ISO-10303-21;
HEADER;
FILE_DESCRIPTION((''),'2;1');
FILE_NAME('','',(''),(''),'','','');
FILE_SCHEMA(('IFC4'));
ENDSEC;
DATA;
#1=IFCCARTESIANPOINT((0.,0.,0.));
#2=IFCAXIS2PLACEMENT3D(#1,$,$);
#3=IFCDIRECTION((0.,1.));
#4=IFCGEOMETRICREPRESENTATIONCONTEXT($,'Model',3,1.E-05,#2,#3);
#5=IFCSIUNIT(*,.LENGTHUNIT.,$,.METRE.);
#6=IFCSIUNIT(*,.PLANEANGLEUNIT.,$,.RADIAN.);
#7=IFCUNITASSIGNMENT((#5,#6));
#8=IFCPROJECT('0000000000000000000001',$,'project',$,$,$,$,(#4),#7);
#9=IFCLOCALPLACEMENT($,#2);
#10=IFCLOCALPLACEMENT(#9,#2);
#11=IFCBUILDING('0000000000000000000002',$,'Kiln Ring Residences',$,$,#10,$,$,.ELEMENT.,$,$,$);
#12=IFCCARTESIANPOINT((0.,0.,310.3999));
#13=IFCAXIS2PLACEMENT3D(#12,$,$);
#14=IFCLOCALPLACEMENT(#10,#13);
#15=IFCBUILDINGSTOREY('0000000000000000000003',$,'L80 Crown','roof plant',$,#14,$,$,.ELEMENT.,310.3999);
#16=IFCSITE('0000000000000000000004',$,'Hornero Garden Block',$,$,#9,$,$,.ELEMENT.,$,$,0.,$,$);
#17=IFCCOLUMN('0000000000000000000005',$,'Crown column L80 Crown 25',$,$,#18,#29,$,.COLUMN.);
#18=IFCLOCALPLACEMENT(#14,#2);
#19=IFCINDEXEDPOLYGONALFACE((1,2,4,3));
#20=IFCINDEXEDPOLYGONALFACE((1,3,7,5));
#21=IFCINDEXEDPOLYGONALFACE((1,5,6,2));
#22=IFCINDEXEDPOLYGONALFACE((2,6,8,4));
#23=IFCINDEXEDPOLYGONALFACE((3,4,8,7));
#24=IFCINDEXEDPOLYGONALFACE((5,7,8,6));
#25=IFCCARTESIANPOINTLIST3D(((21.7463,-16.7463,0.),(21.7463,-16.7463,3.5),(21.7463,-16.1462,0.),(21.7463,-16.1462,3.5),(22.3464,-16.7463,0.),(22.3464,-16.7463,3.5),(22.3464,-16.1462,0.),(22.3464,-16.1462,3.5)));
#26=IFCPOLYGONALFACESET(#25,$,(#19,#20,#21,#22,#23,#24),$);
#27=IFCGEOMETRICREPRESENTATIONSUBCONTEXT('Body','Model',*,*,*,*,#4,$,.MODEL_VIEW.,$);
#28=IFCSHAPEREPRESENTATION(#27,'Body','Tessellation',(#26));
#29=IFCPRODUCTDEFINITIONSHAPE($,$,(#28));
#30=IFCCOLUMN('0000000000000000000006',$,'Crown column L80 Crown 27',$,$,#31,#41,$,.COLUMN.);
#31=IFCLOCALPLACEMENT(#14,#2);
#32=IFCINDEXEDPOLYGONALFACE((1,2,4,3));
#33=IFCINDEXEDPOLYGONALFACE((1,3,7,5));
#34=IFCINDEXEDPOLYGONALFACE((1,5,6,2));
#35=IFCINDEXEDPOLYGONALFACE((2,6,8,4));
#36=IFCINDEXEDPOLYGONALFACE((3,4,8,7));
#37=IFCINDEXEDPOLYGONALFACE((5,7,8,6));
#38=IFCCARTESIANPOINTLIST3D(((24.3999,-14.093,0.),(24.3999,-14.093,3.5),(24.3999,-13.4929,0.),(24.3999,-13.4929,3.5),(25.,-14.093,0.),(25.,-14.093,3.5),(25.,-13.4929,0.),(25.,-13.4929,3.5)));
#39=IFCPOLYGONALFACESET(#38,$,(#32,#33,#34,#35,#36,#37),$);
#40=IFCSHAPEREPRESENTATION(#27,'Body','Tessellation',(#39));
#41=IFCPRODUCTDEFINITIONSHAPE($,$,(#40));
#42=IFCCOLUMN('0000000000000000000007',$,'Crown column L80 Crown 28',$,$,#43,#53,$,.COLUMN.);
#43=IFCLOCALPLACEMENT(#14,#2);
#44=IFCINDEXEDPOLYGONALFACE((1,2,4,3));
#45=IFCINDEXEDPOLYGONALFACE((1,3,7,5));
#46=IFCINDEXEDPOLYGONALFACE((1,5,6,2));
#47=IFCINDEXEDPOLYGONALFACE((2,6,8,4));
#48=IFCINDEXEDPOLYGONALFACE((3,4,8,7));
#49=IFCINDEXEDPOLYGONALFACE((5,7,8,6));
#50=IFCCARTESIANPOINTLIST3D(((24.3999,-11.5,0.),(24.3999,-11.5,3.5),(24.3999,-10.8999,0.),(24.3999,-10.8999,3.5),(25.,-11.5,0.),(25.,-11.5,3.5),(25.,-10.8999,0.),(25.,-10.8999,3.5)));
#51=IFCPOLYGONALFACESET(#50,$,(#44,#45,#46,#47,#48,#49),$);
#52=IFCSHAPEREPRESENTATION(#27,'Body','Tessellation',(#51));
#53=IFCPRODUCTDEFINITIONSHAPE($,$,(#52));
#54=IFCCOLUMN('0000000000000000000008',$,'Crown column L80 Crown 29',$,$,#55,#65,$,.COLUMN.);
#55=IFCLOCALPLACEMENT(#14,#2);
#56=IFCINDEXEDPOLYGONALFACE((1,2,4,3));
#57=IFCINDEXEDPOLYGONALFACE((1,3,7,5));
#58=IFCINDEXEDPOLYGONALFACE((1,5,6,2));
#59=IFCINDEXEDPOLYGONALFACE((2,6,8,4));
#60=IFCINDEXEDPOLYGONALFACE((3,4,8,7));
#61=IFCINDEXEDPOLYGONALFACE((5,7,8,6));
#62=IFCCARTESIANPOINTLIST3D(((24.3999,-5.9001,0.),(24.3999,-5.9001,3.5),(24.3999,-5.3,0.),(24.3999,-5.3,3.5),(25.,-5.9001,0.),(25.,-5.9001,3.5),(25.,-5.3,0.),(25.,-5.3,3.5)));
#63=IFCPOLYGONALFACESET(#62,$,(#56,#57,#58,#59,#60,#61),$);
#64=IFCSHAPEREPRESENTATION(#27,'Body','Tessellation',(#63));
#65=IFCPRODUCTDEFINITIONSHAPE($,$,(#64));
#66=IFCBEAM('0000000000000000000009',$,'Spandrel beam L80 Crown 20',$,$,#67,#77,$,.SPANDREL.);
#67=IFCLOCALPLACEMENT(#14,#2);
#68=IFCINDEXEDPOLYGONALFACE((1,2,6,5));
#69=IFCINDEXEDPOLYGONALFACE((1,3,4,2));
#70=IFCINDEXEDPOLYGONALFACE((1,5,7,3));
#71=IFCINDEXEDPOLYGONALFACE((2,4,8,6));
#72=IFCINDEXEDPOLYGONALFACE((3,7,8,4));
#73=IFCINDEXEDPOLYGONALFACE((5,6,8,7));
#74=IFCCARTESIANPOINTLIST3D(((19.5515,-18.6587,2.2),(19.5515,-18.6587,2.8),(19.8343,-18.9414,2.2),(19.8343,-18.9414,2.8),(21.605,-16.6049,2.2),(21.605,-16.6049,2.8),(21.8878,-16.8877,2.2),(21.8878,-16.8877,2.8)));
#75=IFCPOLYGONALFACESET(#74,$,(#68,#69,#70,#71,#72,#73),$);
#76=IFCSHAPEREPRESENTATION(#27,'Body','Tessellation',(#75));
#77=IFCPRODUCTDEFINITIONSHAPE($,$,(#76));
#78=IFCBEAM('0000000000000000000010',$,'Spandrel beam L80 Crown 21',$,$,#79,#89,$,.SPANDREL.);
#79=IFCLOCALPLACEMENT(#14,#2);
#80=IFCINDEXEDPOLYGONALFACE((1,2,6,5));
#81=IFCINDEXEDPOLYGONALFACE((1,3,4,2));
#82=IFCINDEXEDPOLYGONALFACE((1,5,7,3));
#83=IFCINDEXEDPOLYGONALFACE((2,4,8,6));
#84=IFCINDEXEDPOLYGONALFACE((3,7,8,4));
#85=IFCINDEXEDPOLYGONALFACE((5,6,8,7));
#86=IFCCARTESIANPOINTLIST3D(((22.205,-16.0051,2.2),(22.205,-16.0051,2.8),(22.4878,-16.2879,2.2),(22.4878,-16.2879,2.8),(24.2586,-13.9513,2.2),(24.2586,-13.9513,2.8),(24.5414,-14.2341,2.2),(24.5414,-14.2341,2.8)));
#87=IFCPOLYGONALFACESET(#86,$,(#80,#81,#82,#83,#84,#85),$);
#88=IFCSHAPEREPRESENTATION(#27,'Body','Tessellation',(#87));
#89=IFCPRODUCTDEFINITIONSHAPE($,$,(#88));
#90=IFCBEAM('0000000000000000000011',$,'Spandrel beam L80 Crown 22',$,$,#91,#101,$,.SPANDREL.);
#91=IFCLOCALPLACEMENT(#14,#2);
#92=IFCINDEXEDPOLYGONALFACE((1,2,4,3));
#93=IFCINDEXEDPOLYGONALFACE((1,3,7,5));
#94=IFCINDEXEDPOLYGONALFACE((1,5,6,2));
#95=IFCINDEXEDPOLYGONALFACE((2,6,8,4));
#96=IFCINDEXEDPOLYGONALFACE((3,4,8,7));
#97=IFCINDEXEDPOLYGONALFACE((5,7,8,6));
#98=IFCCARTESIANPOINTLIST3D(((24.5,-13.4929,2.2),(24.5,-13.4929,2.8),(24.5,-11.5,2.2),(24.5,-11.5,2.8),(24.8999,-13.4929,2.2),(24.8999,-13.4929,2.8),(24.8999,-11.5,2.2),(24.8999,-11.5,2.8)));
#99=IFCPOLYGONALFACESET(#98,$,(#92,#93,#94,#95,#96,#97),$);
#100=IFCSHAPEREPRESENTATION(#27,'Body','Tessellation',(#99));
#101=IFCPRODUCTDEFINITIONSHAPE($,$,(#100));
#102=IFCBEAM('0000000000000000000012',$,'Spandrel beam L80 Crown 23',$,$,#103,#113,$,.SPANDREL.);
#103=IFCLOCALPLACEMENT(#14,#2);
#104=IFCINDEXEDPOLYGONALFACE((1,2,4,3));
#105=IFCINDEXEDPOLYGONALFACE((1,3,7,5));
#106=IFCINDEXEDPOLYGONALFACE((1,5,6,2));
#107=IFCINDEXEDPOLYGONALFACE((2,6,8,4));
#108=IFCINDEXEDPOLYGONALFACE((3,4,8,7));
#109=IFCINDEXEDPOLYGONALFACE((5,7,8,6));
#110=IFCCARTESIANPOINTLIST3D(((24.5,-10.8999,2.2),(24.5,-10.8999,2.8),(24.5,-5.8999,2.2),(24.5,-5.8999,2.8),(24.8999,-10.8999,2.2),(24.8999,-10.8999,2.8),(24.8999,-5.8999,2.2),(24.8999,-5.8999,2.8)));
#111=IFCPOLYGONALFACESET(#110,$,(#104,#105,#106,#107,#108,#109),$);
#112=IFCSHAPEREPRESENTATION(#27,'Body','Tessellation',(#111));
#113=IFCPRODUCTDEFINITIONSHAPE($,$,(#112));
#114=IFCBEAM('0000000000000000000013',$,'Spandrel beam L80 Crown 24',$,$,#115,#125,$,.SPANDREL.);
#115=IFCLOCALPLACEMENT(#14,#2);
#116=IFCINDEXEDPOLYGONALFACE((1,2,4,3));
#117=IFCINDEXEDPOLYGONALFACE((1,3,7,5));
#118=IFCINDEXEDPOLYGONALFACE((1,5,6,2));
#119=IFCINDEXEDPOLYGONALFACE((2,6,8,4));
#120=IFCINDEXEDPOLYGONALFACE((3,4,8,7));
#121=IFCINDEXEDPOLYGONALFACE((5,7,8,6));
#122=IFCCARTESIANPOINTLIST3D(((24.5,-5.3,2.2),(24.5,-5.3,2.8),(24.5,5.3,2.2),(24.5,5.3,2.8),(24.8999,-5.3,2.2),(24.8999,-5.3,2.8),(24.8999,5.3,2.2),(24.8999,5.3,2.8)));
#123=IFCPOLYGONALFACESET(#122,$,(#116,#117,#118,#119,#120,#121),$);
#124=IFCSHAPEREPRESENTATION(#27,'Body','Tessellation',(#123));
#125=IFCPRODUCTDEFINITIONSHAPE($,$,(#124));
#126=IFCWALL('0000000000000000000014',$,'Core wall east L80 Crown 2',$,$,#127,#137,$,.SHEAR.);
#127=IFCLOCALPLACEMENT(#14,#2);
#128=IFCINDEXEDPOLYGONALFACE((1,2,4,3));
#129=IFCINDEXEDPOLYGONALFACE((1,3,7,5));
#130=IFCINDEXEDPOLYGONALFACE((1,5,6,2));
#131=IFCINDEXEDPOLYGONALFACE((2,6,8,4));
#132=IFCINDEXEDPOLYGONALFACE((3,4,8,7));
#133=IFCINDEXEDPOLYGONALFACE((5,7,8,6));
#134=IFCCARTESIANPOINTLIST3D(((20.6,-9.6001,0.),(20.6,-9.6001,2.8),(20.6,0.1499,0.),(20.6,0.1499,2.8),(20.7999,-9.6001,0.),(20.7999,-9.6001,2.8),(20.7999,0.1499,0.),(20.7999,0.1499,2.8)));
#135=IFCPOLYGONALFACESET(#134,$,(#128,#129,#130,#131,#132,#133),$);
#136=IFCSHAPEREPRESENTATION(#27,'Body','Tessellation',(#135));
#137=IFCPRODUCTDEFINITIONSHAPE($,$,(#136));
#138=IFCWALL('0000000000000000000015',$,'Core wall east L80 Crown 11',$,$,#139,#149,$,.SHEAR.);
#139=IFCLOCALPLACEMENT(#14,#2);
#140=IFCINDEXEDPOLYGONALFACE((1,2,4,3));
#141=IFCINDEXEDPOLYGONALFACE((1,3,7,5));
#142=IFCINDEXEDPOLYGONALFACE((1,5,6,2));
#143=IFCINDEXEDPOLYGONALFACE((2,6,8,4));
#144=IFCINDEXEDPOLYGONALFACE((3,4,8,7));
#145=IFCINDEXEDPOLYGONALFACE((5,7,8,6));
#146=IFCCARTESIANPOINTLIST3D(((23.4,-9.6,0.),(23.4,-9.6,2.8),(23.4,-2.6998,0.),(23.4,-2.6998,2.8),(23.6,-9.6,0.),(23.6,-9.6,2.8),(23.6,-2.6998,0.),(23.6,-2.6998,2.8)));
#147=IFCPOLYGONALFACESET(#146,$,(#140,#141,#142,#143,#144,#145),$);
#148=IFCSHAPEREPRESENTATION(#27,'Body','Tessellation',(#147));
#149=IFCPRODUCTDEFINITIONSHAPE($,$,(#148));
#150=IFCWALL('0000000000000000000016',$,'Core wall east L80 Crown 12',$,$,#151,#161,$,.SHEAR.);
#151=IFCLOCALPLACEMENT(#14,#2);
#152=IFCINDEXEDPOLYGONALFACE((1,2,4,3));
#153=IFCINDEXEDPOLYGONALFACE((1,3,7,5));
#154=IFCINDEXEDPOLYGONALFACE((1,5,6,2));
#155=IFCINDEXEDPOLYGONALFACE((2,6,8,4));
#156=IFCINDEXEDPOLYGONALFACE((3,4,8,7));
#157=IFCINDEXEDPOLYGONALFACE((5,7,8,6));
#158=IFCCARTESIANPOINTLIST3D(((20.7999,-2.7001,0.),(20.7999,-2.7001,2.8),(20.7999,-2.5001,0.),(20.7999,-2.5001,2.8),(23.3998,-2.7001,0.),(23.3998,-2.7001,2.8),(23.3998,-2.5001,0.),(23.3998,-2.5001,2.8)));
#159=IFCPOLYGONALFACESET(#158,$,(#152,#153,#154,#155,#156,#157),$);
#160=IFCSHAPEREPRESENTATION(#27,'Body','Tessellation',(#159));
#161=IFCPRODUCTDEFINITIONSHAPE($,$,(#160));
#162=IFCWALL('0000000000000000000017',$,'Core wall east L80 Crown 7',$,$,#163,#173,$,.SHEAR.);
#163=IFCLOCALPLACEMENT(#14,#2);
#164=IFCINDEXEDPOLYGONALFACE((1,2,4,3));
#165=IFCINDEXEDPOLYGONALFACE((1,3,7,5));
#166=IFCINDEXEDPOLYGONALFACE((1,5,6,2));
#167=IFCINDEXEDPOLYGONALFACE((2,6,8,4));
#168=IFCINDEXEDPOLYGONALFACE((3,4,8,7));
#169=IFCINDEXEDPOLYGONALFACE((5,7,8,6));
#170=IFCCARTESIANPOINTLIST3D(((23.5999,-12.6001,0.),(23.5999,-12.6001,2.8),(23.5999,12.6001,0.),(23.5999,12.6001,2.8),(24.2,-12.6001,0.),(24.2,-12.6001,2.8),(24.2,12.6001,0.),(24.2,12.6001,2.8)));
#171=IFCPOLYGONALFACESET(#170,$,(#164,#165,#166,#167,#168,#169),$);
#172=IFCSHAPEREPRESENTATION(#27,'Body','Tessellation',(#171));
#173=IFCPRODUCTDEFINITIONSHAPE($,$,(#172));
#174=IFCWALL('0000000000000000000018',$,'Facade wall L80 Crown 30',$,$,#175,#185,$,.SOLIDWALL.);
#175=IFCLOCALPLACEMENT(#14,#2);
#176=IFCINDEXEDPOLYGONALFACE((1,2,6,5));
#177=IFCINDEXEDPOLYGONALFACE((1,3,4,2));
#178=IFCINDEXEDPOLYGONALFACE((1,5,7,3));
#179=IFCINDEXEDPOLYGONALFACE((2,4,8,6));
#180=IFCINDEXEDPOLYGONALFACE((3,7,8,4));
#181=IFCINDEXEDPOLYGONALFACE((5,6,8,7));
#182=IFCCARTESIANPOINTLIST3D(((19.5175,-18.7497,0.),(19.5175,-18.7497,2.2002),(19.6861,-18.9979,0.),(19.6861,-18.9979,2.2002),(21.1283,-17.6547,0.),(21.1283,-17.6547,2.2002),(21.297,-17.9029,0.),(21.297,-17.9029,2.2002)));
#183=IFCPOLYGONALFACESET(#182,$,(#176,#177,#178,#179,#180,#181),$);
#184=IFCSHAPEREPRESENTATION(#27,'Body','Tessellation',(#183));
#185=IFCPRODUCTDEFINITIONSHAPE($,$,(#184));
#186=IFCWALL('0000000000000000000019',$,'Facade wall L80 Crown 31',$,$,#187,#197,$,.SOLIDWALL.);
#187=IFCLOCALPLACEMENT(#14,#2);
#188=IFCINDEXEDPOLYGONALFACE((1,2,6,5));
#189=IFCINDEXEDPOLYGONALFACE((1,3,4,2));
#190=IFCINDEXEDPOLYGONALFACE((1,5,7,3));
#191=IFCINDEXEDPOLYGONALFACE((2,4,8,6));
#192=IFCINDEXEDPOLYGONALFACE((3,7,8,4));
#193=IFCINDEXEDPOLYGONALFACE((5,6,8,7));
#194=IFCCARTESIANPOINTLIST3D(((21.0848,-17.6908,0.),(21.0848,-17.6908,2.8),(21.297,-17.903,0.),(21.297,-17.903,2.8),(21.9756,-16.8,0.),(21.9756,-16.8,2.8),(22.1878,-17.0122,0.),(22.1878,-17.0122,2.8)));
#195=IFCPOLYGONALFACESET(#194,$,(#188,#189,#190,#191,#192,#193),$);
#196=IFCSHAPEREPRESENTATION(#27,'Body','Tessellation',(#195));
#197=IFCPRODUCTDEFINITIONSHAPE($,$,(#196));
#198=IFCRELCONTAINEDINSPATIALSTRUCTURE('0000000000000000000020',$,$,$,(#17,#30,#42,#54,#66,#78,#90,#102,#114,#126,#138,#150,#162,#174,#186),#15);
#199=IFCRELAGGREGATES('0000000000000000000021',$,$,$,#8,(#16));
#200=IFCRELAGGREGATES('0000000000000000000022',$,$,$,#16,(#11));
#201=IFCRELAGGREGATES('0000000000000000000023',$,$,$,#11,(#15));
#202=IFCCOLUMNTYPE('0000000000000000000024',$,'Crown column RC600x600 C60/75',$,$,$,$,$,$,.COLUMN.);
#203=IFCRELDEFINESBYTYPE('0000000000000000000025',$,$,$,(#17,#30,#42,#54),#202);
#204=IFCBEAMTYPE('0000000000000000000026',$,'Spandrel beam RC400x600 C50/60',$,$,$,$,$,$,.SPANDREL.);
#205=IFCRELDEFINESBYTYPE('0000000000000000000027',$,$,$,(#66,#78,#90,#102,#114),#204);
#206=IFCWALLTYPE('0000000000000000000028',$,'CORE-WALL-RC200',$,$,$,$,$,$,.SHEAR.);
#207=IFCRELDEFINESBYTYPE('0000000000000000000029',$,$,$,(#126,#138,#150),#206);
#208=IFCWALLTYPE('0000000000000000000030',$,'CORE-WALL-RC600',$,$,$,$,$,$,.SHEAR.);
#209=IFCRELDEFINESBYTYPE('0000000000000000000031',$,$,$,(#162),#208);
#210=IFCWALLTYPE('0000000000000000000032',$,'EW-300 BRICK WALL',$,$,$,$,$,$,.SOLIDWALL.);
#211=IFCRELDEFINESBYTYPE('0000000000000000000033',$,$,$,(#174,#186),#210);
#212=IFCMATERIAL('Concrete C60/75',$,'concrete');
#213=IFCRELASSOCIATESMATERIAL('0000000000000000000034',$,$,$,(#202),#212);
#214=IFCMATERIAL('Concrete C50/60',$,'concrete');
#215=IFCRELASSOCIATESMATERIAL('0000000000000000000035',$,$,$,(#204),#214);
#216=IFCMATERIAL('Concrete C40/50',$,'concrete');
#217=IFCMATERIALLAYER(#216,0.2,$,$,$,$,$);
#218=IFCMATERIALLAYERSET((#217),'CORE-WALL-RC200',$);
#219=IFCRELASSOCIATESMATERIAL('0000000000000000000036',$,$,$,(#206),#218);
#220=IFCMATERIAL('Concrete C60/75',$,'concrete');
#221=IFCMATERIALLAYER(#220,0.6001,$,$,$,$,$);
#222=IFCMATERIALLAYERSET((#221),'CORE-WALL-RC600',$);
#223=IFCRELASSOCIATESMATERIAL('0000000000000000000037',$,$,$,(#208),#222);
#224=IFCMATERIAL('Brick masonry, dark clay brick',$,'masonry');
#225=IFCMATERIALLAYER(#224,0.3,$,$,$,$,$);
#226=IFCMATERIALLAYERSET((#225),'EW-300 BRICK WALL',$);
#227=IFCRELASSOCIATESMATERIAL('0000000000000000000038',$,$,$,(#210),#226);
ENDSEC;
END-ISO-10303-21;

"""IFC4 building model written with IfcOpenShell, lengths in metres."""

from ifc_helpers import new_model, si_unit, direction, frame, frame_2d, origin, origin_2d, place, context, subcontext, project, spatial, rectangle, extrude, material, layer, layer_set, material_profile, profile_set, type_object, element, save


model = new_model("IFC4")

# Units and contexts
model_context = context("Model", 3, precision=1e-05, world=origin(), true_north=direction((0.0, 1.0)))
body_context = subcontext(model_context, "Body", "Model", "MODEL_VIEW")
ifc_project = project(units=[si_unit("LENGTHUNIT", "METRE"), si_unit("PLANEANGLEUNIT", "RADIAN")], contexts=[model_context])

# Site, building, storey
site_placement = place(None, origin())
site = spatial("IfcSite", under=ifc_project, at=site_placement, Name="Hornero Garden Block", CompositionType="ELEMENT", RefElevation=0.0)
building_placement = place(site_placement, origin())
building = spatial("IfcBuilding", under=site, at=building_placement, Name="Kiln Ring Residences", CompositionType="ELEMENT")
storey_placement = place(building_placement, frame((0.0, 0.0, 310.3999)))
storey = spatial("IfcBuildingStorey", under=building, at=storey_placement, Name="L80 Crown", Description="roof plant", CompositionType="ELEMENT", Elevation=310.3999)

# Columns
ifc_material_1 = material(Name="Concrete C60/75", Category="concrete")
ifc_material_profile_1 = material_profile(ifc_material_1, rectangle(XDim=0.6001, YDim=0.6001, at=origin_2d()), Name="RC600x600")
ifc_profile_set_1 = profile_set([ifc_material_profile_1], Name="Concrete C60/75")
column_type = type_object("IfcColumnType", Name="Crown column RC600x600 C60/75", PredefinedType="COLUMN", material=ifc_profile_set_1)
for number, where, z_axis, x_axis, name in (
    (1, (22.0464, -16.4463, 0.0), (0.0, 0.0, 1.0), (1.0, 0.0, 0.0), "Crown column L80 Crown 25"),
    (2, (24.7, -13.793, 0.0), (0.0, 0.0, 1.0), (1.0, 0.0, 0.0), "Crown column L80 Crown 27"),
    (3, (24.7, -11.2, 0.0), (0.0, 0.0, 1.0), (1.0, 0.0, 0.0), "Crown column L80 Crown 28"),
    (4, (24.7, -5.6001, 0.0), (0.0, 0.0, 1.0), (1.0, 0.0, 0.0), "Crown column L80 Crown 29"),
):
    element("IfcColumn", number, at=place(storey_placement, frame(where, z_axis=z_axis, x_axis=x_axis)), inside=storey, type_object=column_type, Name=name, PredefinedType="COLUMN", context=body_context, shape_type="SweptSolid", body=[
        extrude(rectangle(XDim=0.6001, YDim=0.6001, at=origin_2d()), origin(), (0.0, 0.0, 1.0), 3.5),
    ])

# Beams
ifc_material_2 = material(Name="Concrete C50/60", Category="concrete")
ifc_material_profile_2 = material_profile(ifc_material_2, rectangle(XDim=0.3999, YDim=0.6001, at=origin_2d()), Name="RC400x600")
ifc_profile_set_2 = profile_set([ifc_material_profile_2], Name="Concrete C50/60")
beam_type = type_object("IfcBeamType", Name="Spandrel beam RC400x600 C50/60", PredefinedType="SPANDREL", material=ifc_profile_set_2)
for number, where, z_axis, x_axis, name in (
    (5, (19.6929, -18.8, 2.5), (0.707065, 0.707149, 0.0), (-0.707149, 0.707065, 0.0), "Spandrel beam L80 Crown 20"),
    (6, (22.3464, -16.1465, 2.5), (0.707065, 0.707149, 0.0), (-0.707149, 0.707065, 0.0), "Spandrel beam L80 Crown 21"),
):
    element("IfcBeam", number, at=place(storey_placement, frame(where, z_axis=z_axis, x_axis=x_axis)), inside=storey, type_object=beam_type, Name=name, PredefinedType="SPANDREL", context=body_context, shape_type="SweptSolid", body=[
        extrude(rectangle(XDim=0.3999, YDim=0.6001, at=origin_2d()), origin(), (0.0, 0.0, 1.0), 2.9043),
    ])
beam_1_placement = place(storey_placement, frame((24.7, -13.4929, 2.5), z_axis=(0.0, 1.0, 0.0), x_axis=(-1.0, 0.0, 0.0)))
element("IfcBeam", 7, at=beam_1_placement, inside=storey, type_object=beam_type, Name="Spandrel beam L80 Crown 22", PredefinedType="SPANDREL", context=body_context, shape_type="SweptSolid", body=[
    extrude(rectangle(XDim=0.3999, YDim=0.6001, at=origin_2d()), origin(), (0.0, 0.0, 1.0), 1.9929),
])
beam_2_placement = place(storey_placement, frame((24.7, -10.8999, 2.5), z_axis=(0.0, 1.0, 0.0), x_axis=(-1.0, 0.0, 0.0)))
element("IfcBeam", 8, at=beam_2_placement, inside=storey, type_object=beam_type, Name="Spandrel beam L80 Crown 23", PredefinedType="SPANDREL", context=body_context, shape_type="SweptSolid", body=[
    extrude(rectangle(XDim=0.3999, YDim=0.6001, at=origin_2d()), origin(), (0.0, 0.0, 1.0), 5.0),
])
beam_3_placement = place(storey_placement, frame((24.7, -5.3, 2.5), z_axis=(0.0, 1.0, 0.0), x_axis=(-1.0, 0.0, 0.0)))
element("IfcBeam", 9, at=beam_3_placement, inside=storey, type_object=beam_type, Name="Spandrel beam L80 Crown 24", PredefinedType="SPANDREL", context=body_context, shape_type="SweptSolid", body=[
    extrude(rectangle(XDim=0.3999, YDim=0.6001, at=origin_2d()), origin(), (0.0, 0.0, 1.0), 10.6001),
])

# Walls
ifc_material_3 = material(Name="Concrete C40/50", Category="concrete")
ifc_layer_1 = layer(ifc_material_3, 0.2)
ifc_layer_set_1 = layer_set([ifc_layer_1], Name="CORE-WALL-RC200")
wall_type_1 = type_object("IfcWallType", Name="CORE-WALL-RC200", PredefinedType="SHEAR", material=ifc_layer_set_1)
wall_1_placement = place(storey_placement, frame((20.7, -9.6001, 0.0), z_axis=(0.0, 0.0, 1.0), x_axis=(0.0, 1.0, 0.0)))
element("IfcWall", 10, at=wall_1_placement, inside=storey, type_object=wall_type_1, Name="Core wall east L80 Crown 2", PredefinedType="SHEAR", context=body_context, shape_type="SweptSolid", body=[
    extrude(rectangle(XDim=9.75, YDim=0.2, at=frame_2d((4.875, 0.0))), origin(), (0.0, 0.0, 1.0), 2.8),
])
wall_2_placement = place(storey_placement, frame((23.5, -9.6001, 0.0), z_axis=(0.0, 0.0, 1.0), x_axis=(0.0, 1.0, 0.0)))
element("IfcWall", 11, at=wall_2_placement, inside=storey, type_object=wall_type_1, Name="Core wall east L80 Crown 11", PredefinedType="SHEAR", context=body_context, shape_type="SweptSolid", body=[
    extrude(rectangle(XDim=6.9001, YDim=0.2, at=frame_2d((3.4502, 0.0))), origin(), (0.0, 0.0, 1.0), 2.8),
])
wall_3_placement = place(storey_placement, frame((20.8, -2.6001, 0.0), z_axis=(0.0, 0.0, 1.0), x_axis=(1.0, 0.0, 0.0)))
element("IfcWall", 12, at=wall_3_placement, inside=storey, type_object=wall_type_1, Name="Core wall east L80 Crown 12", PredefinedType="SHEAR", context=body_context, shape_type="SweptSolid", body=[
    extrude(rectangle(XDim=2.5999, YDim=0.2, at=frame_2d((1.2998, 0.0))), origin(), (0.0, 0.0, 1.0), 2.8),
])
ifc_material_4 = material(Name="Concrete C60/75", Category="concrete")
ifc_layer_2 = layer(ifc_material_4, 0.6001)
ifc_layer_set_2 = layer_set([ifc_layer_2], Name="CORE-WALL-RC600")
wall_type_2 = type_object("IfcWallType", Name="CORE-WALL-RC600", PredefinedType="SHEAR", material=ifc_layer_set_2)
wall_4_placement = place(storey_placement, frame((23.8999, -12.6001, 0.0), z_axis=(0.0, 0.0, 1.0), x_axis=(0.0, 1.0, 0.0)))
element("IfcWall", 13, at=wall_4_placement, inside=storey, type_object=wall_type_2, Name="Core wall east L80 Crown 7", PredefinedType="SHEAR", context=body_context, shape_type="SweptSolid", body=[
    extrude(rectangle(XDim=25.2002, YDim=0.6001, at=frame_2d((12.6001, 0.0))), origin(), (0.0, 0.0, 1.0), 2.8),
])
ifc_material_5 = material(Name="Brick masonry, dark clay brick", Category="masonry")
ifc_layer_3 = layer(ifc_material_5, 0.3)
ifc_layer_set_3 = layer_set([ifc_layer_3], Name="EW-300 BRICK WALL")
wall_type_3 = type_object("IfcWallType", Name="EW-300 BRICK WALL", PredefinedType="SOLIDWALL", material=ifc_layer_set_3)
wall_5_placement = place(storey_placement, frame((19.6018, -18.8738, 0.0), z_axis=(0.0, 0.0, 1.0), x_axis=(0.827022, 0.562169, 0.0)))
element("IfcWall", 14, at=wall_5_placement, inside=storey, type_object=wall_type_3, Name="Facade wall L80 Crown 30", PredefinedType="SOLIDWALL", context=body_context, shape_type="SweptSolid", body=[
    extrude(rectangle(XDim=1.9478, YDim=0.3, at=frame_2d((0.9739, 0.0))), origin(), (0.0, 0.0, 1.0), 2.2002),
])
for number, where, z_axis, x_axis, name in (
    (15, (21.1909, -17.7969, 0.0), (0.0, 0.0, 1.0), (0.707107, 0.707107, 0.0), "Facade wall L80 Crown 31"),
):
    element("IfcWall", number, at=place(storey_placement, frame(where, z_axis=z_axis, x_axis=x_axis)), inside=storey, type_object=wall_type_3, Name=name, PredefinedType="SOLIDWALL", context=body_context, shape_type="SweptSolid", body=[
        extrude(rectangle(XDim=1.2598, YDim=0.3, at=frame_2d((0.6299, 0.0))), origin(), (0.0, 0.0, 1.0), 2.8),
    ])

save(model, "model.ifc")
